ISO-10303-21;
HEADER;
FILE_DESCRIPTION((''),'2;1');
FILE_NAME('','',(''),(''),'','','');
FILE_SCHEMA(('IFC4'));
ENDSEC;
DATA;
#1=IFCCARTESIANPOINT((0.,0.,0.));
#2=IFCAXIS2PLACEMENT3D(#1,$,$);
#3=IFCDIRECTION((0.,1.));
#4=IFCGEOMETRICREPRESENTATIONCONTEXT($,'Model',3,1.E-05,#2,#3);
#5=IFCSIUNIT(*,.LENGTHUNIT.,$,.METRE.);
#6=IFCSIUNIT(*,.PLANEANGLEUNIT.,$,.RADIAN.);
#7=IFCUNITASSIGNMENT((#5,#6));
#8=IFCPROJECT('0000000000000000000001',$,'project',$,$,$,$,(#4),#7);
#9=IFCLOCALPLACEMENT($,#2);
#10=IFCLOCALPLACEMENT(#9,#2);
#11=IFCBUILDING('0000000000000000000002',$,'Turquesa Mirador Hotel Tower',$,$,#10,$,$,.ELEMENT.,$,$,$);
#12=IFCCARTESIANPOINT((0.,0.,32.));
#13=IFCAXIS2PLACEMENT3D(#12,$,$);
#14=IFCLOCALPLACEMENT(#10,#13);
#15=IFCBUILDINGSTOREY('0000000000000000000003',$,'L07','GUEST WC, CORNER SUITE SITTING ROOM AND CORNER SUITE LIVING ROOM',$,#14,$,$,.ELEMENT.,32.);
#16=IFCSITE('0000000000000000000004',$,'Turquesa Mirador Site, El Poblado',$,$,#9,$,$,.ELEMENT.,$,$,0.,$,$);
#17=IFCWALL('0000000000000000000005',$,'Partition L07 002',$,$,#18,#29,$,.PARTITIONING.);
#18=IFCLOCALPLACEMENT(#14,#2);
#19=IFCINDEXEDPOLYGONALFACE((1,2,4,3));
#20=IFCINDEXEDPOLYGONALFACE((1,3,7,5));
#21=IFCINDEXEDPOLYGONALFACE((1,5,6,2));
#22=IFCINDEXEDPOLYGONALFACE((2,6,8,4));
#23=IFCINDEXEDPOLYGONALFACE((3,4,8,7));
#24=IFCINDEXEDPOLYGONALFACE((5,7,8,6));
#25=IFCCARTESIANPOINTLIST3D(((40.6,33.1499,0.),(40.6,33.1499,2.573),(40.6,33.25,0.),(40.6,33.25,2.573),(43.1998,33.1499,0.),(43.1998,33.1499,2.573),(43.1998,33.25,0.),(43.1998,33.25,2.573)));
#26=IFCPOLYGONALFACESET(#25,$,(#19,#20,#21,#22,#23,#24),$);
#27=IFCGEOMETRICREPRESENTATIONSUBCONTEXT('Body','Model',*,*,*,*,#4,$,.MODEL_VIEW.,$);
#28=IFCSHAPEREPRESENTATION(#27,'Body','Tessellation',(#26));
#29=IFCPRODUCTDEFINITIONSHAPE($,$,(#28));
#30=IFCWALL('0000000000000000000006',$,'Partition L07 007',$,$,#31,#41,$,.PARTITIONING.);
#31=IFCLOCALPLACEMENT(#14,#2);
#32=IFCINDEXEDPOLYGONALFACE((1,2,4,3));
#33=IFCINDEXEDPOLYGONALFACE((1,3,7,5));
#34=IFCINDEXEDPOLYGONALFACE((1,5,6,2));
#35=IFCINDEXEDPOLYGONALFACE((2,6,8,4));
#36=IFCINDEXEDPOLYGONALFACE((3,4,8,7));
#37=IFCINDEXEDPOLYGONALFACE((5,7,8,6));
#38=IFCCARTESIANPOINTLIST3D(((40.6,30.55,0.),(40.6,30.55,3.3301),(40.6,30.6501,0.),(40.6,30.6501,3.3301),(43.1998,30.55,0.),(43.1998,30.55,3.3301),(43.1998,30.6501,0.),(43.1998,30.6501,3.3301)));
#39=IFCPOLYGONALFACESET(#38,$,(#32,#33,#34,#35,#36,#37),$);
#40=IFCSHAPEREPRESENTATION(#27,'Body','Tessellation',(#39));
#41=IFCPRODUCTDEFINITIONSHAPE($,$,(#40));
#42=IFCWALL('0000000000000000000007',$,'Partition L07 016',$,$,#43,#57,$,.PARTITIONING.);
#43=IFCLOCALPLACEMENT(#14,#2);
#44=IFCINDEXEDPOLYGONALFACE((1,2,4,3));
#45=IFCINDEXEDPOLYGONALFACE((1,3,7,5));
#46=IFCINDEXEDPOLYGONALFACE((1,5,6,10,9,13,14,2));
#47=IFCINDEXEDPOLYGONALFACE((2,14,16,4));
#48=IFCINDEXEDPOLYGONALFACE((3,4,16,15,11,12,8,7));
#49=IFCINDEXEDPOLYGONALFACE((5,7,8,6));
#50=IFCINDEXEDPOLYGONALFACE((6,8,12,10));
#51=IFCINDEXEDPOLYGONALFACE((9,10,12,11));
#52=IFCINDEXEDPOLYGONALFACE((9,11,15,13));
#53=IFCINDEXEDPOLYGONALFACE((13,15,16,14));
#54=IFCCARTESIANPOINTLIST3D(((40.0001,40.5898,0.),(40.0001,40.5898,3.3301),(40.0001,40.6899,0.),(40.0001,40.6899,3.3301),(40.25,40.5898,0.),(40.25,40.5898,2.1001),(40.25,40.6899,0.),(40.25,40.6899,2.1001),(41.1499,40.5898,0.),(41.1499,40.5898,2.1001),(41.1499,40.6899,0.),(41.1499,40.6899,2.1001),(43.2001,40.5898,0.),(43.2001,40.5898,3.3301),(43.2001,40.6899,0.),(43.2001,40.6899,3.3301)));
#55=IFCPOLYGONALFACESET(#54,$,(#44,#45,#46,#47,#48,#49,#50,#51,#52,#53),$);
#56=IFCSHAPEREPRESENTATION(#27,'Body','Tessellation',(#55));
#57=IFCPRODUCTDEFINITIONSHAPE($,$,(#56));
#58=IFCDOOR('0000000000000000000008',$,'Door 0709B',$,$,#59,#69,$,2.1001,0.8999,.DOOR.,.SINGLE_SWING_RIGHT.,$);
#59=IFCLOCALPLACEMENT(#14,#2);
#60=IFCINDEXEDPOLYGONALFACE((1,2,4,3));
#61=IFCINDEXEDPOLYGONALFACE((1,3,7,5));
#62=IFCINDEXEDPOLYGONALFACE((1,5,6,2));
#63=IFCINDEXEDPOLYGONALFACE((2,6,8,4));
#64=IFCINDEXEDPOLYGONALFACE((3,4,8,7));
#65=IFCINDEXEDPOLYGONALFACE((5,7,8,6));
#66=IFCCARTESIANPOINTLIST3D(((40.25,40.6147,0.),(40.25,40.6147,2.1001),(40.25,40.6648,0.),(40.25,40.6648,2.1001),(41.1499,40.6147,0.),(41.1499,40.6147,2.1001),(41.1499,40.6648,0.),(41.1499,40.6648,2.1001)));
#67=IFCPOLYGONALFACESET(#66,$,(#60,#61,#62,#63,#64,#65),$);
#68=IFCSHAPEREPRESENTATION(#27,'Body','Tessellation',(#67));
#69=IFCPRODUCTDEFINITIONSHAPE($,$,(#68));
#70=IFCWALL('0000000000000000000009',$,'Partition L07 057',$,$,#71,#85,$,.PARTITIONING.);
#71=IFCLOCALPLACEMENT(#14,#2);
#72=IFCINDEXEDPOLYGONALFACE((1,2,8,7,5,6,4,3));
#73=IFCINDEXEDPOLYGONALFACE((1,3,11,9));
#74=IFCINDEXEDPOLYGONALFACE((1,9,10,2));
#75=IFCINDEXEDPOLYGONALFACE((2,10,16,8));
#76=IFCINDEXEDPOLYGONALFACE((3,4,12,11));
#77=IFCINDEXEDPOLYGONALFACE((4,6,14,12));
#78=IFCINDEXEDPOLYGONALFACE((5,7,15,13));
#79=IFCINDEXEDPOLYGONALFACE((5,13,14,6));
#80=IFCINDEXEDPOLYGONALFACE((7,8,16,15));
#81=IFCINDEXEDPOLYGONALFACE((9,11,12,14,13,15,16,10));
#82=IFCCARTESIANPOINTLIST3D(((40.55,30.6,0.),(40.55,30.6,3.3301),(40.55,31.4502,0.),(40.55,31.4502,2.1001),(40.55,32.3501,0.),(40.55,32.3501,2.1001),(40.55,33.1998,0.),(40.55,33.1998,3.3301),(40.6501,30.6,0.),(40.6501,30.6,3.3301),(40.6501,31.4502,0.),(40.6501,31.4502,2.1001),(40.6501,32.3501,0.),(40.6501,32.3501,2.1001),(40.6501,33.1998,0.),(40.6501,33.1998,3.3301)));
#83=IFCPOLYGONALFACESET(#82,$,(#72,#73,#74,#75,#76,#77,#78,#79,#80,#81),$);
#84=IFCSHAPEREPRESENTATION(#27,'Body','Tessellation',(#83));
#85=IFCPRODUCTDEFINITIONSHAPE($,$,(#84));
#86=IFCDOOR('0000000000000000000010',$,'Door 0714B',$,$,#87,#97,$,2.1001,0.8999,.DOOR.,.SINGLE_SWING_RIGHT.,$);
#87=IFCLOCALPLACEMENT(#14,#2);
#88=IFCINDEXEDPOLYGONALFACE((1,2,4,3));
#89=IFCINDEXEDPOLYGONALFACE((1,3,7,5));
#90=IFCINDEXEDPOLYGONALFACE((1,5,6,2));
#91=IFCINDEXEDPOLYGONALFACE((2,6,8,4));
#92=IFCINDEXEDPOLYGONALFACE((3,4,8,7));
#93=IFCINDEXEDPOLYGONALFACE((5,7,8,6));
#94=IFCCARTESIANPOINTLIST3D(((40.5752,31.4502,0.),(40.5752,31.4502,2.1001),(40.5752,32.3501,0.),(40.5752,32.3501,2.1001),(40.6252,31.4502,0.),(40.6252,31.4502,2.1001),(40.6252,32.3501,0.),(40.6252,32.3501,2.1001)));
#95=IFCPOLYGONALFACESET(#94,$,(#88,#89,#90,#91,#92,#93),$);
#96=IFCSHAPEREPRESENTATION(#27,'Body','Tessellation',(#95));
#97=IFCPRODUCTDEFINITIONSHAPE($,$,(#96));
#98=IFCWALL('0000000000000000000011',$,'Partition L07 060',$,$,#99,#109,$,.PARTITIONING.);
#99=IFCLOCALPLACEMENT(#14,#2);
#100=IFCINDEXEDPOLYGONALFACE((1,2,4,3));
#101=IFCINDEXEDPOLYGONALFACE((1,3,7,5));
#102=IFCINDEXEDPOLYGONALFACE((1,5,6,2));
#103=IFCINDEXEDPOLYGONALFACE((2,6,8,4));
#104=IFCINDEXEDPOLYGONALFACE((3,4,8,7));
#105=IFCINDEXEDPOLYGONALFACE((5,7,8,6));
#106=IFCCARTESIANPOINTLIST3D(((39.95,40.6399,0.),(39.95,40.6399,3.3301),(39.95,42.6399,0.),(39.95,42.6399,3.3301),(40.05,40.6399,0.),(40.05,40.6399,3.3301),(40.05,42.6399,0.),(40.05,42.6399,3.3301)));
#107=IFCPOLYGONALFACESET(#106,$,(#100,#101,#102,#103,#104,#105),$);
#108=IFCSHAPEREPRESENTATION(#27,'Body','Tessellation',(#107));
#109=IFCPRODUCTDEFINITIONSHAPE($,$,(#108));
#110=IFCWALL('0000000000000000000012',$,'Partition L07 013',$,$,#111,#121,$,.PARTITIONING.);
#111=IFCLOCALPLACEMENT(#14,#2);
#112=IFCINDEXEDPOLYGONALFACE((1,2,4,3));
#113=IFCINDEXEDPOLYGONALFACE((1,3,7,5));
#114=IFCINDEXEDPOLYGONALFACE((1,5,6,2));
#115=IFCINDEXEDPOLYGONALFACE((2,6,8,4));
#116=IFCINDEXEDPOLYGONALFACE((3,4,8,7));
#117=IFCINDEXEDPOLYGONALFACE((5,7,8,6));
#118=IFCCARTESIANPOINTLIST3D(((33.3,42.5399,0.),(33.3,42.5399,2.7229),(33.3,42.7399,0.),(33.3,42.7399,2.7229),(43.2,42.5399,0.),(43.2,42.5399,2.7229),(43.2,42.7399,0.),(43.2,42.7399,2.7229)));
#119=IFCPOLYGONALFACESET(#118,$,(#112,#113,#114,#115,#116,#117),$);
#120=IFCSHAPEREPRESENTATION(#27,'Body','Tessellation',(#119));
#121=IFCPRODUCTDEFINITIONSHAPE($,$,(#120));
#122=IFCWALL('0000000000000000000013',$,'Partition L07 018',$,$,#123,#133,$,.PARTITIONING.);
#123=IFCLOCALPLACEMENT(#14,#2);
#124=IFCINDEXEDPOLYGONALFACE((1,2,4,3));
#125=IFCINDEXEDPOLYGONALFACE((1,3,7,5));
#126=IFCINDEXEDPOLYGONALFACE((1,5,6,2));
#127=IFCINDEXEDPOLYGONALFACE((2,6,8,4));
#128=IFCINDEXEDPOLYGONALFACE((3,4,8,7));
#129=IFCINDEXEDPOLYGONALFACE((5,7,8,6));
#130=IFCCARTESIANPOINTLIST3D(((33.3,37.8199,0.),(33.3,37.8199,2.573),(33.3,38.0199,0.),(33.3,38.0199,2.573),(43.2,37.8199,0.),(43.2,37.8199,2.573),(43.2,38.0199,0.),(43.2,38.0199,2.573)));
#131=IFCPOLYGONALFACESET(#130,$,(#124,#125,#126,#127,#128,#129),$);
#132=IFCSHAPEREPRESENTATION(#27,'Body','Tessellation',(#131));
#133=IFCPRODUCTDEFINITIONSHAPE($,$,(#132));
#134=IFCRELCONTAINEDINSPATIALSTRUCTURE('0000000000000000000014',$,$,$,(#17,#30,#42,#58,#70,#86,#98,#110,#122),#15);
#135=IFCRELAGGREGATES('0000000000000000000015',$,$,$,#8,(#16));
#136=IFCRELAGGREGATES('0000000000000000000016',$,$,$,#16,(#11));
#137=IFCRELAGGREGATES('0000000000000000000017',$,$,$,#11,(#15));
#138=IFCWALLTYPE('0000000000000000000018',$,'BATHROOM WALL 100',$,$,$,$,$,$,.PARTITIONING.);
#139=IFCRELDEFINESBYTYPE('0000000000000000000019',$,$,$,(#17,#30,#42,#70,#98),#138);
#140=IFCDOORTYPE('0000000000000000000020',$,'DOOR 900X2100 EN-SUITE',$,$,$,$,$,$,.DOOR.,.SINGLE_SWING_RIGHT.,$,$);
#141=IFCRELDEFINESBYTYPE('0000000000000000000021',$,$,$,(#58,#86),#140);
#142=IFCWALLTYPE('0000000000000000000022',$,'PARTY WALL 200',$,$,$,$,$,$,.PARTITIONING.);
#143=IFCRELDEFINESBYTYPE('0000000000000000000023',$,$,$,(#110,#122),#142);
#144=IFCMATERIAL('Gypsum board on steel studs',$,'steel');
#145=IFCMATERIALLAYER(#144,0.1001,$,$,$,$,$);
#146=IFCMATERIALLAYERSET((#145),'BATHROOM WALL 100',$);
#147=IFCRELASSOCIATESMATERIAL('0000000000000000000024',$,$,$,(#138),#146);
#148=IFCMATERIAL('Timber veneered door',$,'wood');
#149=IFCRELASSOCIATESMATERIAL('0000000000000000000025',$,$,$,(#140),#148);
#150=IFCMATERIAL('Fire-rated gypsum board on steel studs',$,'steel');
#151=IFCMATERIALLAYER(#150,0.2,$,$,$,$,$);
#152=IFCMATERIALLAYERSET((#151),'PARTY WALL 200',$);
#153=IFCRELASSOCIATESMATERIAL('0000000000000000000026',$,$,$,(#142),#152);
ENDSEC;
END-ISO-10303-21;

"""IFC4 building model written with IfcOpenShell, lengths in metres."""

from ifc_helpers import new_model, si_unit, direction, frame, frame_2d, origin, place, context, subcontext, project, spatial, rectangle, extrude, material, layer, layer_set, type_object, element, fill, save


model = new_model("IFC4")

# Units and contexts
model_context = context("Model", 3, precision=1e-05, world=origin(), true_north=direction((0.0, 1.0)))
body_context = subcontext(model_context, "Body", "Model", "MODEL_VIEW")
ifc_project = project(units=[si_unit("LENGTHUNIT", "METRE"), si_unit("PLANEANGLEUNIT", "RADIAN")], contexts=[model_context])

# Site, building, storey
site_placement = place(None, origin())
site = spatial("IfcSite", under=ifc_project, at=site_placement, Name="Turquesa Mirador Site, El Poblado", CompositionType="ELEMENT", RefElevation=0.0)
building_placement = place(site_placement, origin())
building = spatial("IfcBuilding", under=site, at=building_placement, Name="Turquesa Mirador Hotel Tower", CompositionType="ELEMENT")
storey_placement = place(building_placement, frame((0.0, 0.0, 32.0)))
storey = spatial("IfcBuildingStorey", under=building, at=storey_placement, Name="L07", Description="GUEST WC, CORNER SUITE SITTING ROOM AND CORNER SUITE LIVING ROOM", CompositionType="ELEMENT", Elevation=32.0)

# Walls
ifc_material_1 = material(Name="Gypsum board on steel studs", Category="steel")
ifc_layer_1 = layer(ifc_material_1, 0.1001)
ifc_layer_set_1 = layer_set([ifc_layer_1], Name="BATHROOM WALL 100")
wall_type_1 = type_object("IfcWallType", Name="BATHROOM WALL 100", PredefinedType="PARTITIONING", material=ifc_layer_set_1)
wall_1_placement = place(storey_placement, frame((40.6001, 33.2, 0.0), z_axis=(0.0, 0.0, 1.0), x_axis=(1.0, 0.0, 0.0)))
element("IfcWall", 1, at=wall_1_placement, inside=storey, type_object=wall_type_1, Name="Partition L07 002", PredefinedType="PARTITIONING", context=body_context, shape_type="SweptSolid", body=[
    extrude(rectangle(XDim=2.5999, YDim=0.1001, at=frame_2d((1.2998, 0.0))), origin(), (0.0, 0.0, 1.0), 2.573),
])
wall_2_placement = place(storey_placement, frame((40.6001, 30.6001, 0.0), z_axis=(0.0, 0.0, 1.0), x_axis=(1.0, 0.0, 0.0)))
element("IfcWall", 2, at=wall_2_placement, inside=storey, type_object=wall_type_1, Name="Partition L07 007", PredefinedType="PARTITIONING", context=body_context, shape_type="SweptSolid", body=[
    extrude(rectangle(XDim=2.5999, YDim=0.1001, at=frame_2d((1.2998, 0.0))), origin(), (0.0, 0.0, 1.0), 3.3301),
])

# Walls, openings, doors
wall_3_placement = place(storey_placement, frame((40.0, 40.6399, 0.0), z_axis=(0.0, 0.0, 1.0), x_axis=(1.0, 0.0, 0.0)))
wall_3 = element("IfcWall", 3, at=wall_3_placement, inside=storey, type_object=wall_type_1, Name="Partition L07 016", PredefinedType="PARTITIONING", context=body_context, shape_type="SweptSolid", body=[
    extrude(rectangle(XDim=3.2, YDim=0.1001, at=frame_2d((1.6001, 0.0))), origin(), (0.0, 0.0, 1.0), 3.3301),
])
opening_1_placement = place(wall_3_placement, frame((0.25, 0.0, 0.0)))
opening_1 = element("IfcOpeningElement", 4, at=opening_1_placement, cuts=wall_3, PredefinedType="OPENING", context=body_context, shape_type="SweptSolid", body=[
    extrude(rectangle(XDim=0.8999, YDim=2.1001, at=frame_2d((0.45, 1.05))), frame((0.0, 0.0601, 0.0), z_axis=(0.0, -1.0, 0.0), x_axis=(1.0, 0.0, 0.0)), (0.0, 0.0, 1.0), 0.1201),
])
ifc_material_2 = material(Name="Timber veneered door", Category="wood")
door_type_1 = type_object("IfcDoorType", Name="DOOR 900X2100 EN-SUITE", OperationType="SINGLE_SWING_RIGHT", PredefinedType="DOOR", material=ifc_material_2)
door_1_placement = place(opening_1_placement, origin())
door_1 = element("IfcDoor", 5, at=door_1_placement, inside=storey, type_object=door_type_1, Name="Door 0709B", OperationType="SINGLE_SWING_RIGHT", OverallHeight=2.1001, OverallWidth=0.8999, PredefinedType="DOOR", context=body_context, shape_type="SweptSolid", body=[
    extrude(rectangle(XDim=0.8999, YDim=2.1001, at=frame_2d((0.45, 1.05))), frame((0.0, 0.0249, 0.0), z_axis=(0.0, -1.0, 0.0), x_axis=(1.0, 0.0, 0.0)), (0.0, 0.0, 1.0), 0.05),
])
fill(opening_1, door_1)
wall_4_placement = place(storey_placement, frame((40.6001, 30.6001, 0.0), z_axis=(0.0, 0.0, 1.0), x_axis=(0.0, 1.0, 0.0)))
wall_4 = element("IfcWall", 6, at=wall_4_placement, inside=storey, type_object=wall_type_1, Name="Partition L07 057", PredefinedType="PARTITIONING", context=body_context, shape_type="SweptSolid", body=[
    extrude(rectangle(XDim=2.5999, YDim=0.1001, at=frame_2d((1.2998, 0.0))), origin(), (0.0, 0.0, 1.0), 3.3301),
])
opening_2_placement = place(wall_4_placement, frame((0.8501, 0.0, 0.0)))
opening_2 = element("IfcOpeningElement", 7, at=opening_2_placement, cuts=wall_4, PredefinedType="OPENING", context=body_context, shape_type="SweptSolid", body=[
    extrude(rectangle(XDim=0.8999, YDim=2.1001, at=frame_2d((0.45, 1.05))), frame((0.0, 0.0601, 0.0), z_axis=(0.0, -1.0, 0.0), x_axis=(1.0, 0.0, 0.0)), (0.0, 0.0, 1.0), 0.1201),
])
door_2_placement = place(opening_2_placement, origin())
door_2 = element("IfcDoor", 8, at=door_2_placement, inside=storey, type_object=door_type_1, Name="Door 0714B", OperationType="SINGLE_SWING_RIGHT", OverallHeight=2.1001, OverallWidth=0.8999, PredefinedType="DOOR", context=body_context, shape_type="SweptSolid", body=[
    extrude(rectangle(XDim=0.8999, YDim=2.1001, at=frame_2d((0.45, 1.05))), frame((0.0, 0.0249, 0.0), z_axis=(0.0, -1.0, 0.0), x_axis=(1.0, 0.0, 0.0)), (0.0, 0.0, 1.0), 0.05),
])
fill(opening_2, door_2)

# Walls
wall_5_placement = place(storey_placement, frame((40.0, 40.6399, 0.0), z_axis=(0.0, 0.0, 1.0), x_axis=(0.0, 1.0, 0.0)))
element("IfcWall", 9, at=wall_5_placement, inside=storey, type_object=wall_type_1, Name="Partition L07 060", PredefinedType="PARTITIONING", context=body_context, shape_type="SweptSolid", body=[
    extrude(rectangle(XDim=2.0, YDim=0.1001, at=frame_2d((1.0, 0.0))), origin(), (0.0, 0.0, 1.0), 3.3301),
])
ifc_material_3 = material(Name="Fire-rated gypsum board on steel studs", Category="steel")
ifc_layer_2 = layer(ifc_material_3, 0.2)
ifc_layer_set_2 = layer_set([ifc_layer_2], Name="PARTY WALL 200")
wall_type_2 = type_object("IfcWallType", Name="PARTY WALL 200", PredefinedType="PARTITIONING", material=ifc_layer_set_2)
wall_6_placement = place(storey_placement, frame((33.3, 42.6399, 0.0), z_axis=(0.0, 0.0, 1.0), x_axis=(1.0, 0.0, 0.0)))
element("IfcWall", 10, at=wall_6_placement, inside=storey, type_object=wall_type_2, Name="Partition L07 013", PredefinedType="PARTITIONING", context=body_context, shape_type="SweptSolid", body=[
    extrude(rectangle(XDim=9.8999, YDim=0.2, at=frame_2d((4.95, 0.0))), origin(), (0.0, 0.0, 1.0), 2.7229),
])
wall_7_placement = place(storey_placement, frame((33.3, 37.9199, 0.0), z_axis=(0.0, 0.0, 1.0), x_axis=(1.0, 0.0, 0.0)))
element("IfcWall", 11, at=wall_7_placement, inside=storey, type_object=wall_type_2, Name="Partition L07 018", PredefinedType="PARTITIONING", context=body_context, shape_type="SweptSolid", body=[
    extrude(rectangle(XDim=9.8999, YDim=0.2, at=frame_2d((4.95, 0.0))), origin(), (0.0, 0.0, 1.0), 2.573),
])

save(model, "model.ifc")
